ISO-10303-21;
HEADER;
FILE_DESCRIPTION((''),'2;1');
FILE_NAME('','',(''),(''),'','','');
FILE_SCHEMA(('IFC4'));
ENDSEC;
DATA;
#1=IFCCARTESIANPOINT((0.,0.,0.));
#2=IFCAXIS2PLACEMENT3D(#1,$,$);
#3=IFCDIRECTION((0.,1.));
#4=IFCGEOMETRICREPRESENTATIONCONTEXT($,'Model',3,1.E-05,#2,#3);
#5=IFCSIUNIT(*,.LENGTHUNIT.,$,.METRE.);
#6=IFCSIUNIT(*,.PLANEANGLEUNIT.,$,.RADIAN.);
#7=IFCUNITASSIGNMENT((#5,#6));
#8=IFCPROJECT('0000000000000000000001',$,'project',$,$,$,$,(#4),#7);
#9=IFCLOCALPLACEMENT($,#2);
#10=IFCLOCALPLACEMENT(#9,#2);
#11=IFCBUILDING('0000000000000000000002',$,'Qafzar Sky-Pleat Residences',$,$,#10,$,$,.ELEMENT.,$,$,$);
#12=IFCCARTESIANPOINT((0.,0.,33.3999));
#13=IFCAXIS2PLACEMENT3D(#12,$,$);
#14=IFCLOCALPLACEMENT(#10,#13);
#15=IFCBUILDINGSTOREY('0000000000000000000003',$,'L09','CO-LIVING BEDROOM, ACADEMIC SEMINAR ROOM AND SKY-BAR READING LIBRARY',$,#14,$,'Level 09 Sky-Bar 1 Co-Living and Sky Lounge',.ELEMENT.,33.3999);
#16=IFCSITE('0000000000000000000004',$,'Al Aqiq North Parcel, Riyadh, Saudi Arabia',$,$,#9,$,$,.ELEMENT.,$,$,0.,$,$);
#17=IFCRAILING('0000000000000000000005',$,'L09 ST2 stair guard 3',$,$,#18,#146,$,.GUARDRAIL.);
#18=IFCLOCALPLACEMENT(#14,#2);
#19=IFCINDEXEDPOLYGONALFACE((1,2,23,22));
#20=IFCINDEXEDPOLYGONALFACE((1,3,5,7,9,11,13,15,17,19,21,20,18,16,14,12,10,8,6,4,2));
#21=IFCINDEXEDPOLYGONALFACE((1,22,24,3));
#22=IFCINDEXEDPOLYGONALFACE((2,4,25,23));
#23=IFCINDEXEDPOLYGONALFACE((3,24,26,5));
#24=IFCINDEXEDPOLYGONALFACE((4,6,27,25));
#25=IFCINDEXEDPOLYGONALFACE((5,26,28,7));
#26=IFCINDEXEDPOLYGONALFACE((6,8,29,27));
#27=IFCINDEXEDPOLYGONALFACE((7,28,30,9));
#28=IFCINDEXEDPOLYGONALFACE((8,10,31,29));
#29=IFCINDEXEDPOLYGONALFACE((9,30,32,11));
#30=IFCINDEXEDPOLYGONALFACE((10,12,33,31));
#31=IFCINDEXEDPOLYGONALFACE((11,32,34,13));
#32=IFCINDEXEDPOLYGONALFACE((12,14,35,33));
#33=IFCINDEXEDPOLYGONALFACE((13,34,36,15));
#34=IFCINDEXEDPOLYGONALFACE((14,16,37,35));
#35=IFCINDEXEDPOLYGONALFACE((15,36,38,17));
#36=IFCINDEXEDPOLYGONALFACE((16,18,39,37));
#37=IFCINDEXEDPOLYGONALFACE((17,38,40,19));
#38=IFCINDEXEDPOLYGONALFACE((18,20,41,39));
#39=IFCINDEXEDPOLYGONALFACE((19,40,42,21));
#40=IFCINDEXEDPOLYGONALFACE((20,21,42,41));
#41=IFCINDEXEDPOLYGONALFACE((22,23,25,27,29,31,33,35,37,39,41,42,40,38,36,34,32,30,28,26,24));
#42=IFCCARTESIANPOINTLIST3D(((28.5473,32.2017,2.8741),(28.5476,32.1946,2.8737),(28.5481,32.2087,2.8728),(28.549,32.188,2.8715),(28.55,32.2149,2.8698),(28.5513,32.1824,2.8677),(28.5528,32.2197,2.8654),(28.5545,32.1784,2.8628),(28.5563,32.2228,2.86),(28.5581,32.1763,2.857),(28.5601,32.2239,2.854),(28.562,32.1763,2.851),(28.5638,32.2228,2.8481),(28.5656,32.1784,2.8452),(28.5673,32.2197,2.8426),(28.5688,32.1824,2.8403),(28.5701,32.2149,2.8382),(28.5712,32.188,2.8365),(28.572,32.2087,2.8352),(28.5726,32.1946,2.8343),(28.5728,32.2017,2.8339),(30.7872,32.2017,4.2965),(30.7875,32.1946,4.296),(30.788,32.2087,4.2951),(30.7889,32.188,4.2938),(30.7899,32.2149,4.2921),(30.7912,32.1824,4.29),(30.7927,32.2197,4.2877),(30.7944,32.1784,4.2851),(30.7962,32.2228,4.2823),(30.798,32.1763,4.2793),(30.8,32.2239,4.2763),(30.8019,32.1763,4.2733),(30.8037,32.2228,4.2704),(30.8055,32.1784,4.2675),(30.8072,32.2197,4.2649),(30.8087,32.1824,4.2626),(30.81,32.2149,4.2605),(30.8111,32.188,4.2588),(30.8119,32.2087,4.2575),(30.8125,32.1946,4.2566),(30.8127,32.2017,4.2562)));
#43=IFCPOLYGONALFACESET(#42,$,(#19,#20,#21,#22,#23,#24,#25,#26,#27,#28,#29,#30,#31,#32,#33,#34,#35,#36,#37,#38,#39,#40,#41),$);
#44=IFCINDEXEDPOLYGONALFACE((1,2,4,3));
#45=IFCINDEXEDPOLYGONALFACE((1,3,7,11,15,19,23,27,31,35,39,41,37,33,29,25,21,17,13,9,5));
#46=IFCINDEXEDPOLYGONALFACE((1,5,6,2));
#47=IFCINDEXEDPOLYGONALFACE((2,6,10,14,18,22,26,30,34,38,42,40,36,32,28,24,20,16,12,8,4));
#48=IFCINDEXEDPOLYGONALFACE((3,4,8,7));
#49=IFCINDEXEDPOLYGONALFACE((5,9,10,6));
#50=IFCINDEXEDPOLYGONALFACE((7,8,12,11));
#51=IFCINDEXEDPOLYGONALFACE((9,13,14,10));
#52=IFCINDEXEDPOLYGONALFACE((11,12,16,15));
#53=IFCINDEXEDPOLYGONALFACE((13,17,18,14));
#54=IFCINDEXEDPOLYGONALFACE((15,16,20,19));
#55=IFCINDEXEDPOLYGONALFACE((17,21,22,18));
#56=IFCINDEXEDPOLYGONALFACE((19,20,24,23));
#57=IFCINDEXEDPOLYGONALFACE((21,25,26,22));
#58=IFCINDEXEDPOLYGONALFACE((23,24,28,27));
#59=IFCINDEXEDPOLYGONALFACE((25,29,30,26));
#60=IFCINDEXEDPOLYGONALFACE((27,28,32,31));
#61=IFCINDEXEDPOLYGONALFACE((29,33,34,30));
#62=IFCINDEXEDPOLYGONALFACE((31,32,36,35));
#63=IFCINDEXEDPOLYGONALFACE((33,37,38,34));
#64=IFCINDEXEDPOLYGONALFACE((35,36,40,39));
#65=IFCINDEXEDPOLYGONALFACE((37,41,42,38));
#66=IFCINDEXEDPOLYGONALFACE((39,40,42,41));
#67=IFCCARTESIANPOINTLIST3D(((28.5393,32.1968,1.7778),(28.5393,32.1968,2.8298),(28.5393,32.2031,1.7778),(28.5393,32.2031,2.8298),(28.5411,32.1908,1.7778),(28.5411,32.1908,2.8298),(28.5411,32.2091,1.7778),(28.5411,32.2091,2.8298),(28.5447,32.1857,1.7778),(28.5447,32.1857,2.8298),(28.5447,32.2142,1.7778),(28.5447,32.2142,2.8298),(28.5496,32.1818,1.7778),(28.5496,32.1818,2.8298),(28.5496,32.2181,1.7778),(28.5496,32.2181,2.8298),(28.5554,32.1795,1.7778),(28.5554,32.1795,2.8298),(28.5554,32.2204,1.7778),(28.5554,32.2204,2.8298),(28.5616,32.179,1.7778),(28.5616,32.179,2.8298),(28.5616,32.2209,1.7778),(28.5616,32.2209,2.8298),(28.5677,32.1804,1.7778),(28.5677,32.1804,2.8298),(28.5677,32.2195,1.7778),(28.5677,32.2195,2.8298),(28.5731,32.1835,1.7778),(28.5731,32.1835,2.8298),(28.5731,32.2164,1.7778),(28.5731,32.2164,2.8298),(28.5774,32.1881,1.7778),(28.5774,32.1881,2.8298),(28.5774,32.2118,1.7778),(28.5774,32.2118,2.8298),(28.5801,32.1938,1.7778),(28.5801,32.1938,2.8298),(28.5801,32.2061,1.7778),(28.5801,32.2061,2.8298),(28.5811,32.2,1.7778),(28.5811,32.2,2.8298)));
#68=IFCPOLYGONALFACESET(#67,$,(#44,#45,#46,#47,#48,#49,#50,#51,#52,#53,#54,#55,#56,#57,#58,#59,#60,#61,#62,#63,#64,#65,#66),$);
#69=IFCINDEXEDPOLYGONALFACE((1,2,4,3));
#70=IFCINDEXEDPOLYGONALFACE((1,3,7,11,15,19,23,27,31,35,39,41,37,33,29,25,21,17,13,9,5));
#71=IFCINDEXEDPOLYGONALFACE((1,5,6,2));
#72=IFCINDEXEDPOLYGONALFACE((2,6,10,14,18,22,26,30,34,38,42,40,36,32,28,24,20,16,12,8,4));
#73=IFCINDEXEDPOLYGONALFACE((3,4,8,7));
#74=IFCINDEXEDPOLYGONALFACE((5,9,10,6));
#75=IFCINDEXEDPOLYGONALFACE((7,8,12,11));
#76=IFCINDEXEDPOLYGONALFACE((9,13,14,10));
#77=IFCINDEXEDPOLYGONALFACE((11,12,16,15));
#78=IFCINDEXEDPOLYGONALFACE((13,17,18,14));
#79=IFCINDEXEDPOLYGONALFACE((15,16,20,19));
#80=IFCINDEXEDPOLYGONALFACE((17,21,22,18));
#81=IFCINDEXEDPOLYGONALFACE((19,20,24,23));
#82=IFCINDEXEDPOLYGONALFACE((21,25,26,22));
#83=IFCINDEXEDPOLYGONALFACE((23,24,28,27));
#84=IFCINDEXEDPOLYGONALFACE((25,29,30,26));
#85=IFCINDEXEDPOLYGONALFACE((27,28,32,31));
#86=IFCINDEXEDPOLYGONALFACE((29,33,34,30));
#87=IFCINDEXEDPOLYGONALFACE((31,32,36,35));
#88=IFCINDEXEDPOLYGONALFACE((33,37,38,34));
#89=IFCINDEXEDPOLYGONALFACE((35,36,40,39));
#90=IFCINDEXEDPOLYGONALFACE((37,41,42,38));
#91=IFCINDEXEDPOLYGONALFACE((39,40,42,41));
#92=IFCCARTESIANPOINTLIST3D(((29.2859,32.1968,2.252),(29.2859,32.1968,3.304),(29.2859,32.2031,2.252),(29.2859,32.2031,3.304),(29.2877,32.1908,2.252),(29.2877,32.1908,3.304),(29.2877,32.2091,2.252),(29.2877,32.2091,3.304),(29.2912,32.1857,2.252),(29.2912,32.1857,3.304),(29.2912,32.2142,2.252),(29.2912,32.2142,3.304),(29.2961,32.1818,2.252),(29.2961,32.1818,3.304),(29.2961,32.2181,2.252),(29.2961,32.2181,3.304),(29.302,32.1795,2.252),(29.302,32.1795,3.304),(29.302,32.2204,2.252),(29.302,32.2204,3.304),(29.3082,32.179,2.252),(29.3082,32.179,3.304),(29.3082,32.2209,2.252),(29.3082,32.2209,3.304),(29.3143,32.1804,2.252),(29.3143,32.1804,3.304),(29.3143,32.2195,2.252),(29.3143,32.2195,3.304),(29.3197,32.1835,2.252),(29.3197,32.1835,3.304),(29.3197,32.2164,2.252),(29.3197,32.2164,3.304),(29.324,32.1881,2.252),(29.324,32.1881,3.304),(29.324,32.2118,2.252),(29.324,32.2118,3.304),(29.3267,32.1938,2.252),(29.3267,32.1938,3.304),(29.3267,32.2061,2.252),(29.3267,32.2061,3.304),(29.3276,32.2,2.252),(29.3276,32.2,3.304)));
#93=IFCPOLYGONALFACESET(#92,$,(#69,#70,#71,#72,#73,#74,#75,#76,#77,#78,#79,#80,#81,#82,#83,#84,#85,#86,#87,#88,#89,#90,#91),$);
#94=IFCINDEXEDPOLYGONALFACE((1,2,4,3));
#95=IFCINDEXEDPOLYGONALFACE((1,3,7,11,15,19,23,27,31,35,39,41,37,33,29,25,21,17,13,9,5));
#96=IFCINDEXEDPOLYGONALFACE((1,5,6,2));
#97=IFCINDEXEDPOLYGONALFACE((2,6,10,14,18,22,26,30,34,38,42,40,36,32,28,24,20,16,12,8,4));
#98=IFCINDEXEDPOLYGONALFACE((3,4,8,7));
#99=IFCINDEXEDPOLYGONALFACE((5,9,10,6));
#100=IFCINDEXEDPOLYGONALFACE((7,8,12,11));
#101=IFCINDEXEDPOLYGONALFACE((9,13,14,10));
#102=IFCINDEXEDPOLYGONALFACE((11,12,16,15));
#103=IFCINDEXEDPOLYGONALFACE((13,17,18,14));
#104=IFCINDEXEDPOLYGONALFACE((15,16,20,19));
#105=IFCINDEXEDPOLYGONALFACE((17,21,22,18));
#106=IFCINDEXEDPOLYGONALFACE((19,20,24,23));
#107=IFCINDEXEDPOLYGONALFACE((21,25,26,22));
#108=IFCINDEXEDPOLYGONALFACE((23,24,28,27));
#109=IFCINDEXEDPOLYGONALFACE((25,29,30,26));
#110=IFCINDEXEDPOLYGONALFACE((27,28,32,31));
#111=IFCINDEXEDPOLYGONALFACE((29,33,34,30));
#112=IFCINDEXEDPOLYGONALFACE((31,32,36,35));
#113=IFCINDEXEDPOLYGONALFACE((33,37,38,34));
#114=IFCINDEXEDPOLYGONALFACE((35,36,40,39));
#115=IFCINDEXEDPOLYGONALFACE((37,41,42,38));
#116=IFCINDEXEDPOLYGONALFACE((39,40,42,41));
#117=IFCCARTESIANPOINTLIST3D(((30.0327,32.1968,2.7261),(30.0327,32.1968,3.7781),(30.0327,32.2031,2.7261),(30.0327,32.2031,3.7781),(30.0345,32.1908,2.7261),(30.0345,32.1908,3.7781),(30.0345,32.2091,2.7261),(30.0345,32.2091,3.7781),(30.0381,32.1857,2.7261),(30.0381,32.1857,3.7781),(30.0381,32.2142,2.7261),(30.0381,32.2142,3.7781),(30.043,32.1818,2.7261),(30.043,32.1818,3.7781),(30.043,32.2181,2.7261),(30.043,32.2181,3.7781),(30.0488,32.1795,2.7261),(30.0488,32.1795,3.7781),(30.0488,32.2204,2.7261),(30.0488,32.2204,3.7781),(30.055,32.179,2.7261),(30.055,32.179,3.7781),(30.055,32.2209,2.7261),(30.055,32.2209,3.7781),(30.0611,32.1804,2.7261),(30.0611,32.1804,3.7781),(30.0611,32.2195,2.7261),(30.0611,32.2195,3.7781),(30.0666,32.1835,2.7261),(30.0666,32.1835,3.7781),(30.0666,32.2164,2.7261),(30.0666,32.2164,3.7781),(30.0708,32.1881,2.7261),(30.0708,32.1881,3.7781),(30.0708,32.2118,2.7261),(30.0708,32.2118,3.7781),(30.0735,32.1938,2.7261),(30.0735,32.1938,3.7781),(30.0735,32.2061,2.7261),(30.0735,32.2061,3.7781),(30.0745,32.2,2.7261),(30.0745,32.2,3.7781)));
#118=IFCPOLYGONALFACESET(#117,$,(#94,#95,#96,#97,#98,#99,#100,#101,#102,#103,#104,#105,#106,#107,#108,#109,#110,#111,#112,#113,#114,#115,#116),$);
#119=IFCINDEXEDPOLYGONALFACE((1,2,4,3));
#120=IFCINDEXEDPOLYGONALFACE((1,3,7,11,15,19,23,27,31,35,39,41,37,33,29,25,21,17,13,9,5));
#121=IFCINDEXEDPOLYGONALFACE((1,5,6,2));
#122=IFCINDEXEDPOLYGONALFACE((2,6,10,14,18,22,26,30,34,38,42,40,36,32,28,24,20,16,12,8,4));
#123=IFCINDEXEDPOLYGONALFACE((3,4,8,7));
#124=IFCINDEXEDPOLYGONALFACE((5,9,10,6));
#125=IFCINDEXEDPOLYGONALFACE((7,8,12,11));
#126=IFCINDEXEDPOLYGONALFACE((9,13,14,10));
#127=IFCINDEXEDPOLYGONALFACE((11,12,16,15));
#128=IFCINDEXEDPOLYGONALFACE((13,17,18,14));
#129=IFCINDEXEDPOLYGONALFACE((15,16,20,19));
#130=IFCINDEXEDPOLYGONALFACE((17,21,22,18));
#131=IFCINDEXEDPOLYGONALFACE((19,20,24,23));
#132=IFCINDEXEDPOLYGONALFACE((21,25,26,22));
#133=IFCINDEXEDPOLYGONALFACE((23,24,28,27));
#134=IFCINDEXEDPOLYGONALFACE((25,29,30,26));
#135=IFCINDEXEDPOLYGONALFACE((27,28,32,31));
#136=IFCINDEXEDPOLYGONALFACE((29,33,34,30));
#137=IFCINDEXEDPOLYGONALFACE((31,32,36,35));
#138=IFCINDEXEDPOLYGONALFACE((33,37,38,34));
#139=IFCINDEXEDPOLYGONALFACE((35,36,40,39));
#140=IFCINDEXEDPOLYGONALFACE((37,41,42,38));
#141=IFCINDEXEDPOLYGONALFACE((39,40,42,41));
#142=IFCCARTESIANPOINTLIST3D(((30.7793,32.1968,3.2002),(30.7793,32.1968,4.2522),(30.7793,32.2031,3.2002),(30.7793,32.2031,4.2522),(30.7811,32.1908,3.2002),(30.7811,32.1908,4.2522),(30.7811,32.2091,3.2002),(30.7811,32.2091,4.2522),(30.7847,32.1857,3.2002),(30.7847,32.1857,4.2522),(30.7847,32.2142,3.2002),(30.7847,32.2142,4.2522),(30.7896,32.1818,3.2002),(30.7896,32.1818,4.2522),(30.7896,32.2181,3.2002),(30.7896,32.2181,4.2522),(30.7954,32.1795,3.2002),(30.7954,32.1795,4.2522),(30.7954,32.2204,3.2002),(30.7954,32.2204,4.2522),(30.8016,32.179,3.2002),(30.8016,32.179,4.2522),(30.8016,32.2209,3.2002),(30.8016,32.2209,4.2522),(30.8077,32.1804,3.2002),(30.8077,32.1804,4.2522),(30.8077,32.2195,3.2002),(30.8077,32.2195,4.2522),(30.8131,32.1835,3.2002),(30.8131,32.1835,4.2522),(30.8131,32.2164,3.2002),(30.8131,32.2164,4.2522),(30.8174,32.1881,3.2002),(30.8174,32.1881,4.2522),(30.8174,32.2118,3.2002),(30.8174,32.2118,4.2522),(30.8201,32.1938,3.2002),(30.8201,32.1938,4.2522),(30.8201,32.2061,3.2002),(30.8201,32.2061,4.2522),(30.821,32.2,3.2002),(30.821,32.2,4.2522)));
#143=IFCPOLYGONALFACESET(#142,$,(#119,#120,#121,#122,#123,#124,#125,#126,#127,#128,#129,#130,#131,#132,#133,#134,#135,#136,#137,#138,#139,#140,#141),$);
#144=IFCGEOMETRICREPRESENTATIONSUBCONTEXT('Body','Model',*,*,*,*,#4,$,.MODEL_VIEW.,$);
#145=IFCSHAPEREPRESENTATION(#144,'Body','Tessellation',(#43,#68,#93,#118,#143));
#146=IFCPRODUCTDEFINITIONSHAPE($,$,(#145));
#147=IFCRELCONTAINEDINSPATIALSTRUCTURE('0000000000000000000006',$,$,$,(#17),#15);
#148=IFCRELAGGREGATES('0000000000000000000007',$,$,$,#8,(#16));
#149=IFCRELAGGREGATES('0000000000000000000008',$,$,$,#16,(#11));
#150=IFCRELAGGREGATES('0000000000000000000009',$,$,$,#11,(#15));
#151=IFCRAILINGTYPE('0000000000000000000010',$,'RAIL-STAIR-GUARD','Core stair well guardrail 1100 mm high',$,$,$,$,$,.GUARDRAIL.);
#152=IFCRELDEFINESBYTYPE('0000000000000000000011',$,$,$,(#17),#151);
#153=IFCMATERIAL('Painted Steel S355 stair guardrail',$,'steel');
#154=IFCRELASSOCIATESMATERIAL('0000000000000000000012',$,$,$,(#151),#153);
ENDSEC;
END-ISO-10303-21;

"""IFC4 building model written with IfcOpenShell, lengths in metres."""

from ifc_helpers import new_model, si_unit, direction, frame, origin, origin_2d, place, context, subcontext, project, spatial, circle, extrude, source, transform, mapped, material, type_object, element, save


model = new_model("IFC4")

# Units and contexts
model_context = context("Model", 3, precision=1e-05, world=origin(), true_north=direction((0.0, 1.0)))
body_context = subcontext(model_context, "Body", "Model", "MODEL_VIEW")
ifc_project = project(units=[si_unit("LENGTHUNIT", "METRE"), si_unit("PLANEANGLEUNIT", "RADIAN")], contexts=[model_context])

# Site, building, storey
site_placement = place(None, origin())
site = spatial("IfcSite", under=ifc_project, at=site_placement, Name="Al Aqiq North Parcel, Riyadh, Saudi Arabia", CompositionType="ELEMENT", RefElevation=0.0)
building_placement = place(site_placement, origin())
building = spatial("IfcBuilding", under=site, at=building_placement, Name="Qafzar Sky-Pleat Residences", CompositionType="ELEMENT")
storey_placement = place(building_placement, frame((0.0, 0.0, 33.3999)))
storey = spatial("IfcBuildingStorey", under=building, at=storey_placement, Name="L09", Description="CO-LIVING BEDROOM, ACADEMIC SEMINAR ROOM AND SKY-BAR READING LIBRARY", LongName="Level 09 Sky-Bar 1 Co-Living and Sky Lounge", CompositionType="ELEMENT", Elevation=33.3999)

# Railing
ifc_material_1 = material(Name="Painted Steel S355 stair guardrail", Category="steel")
railing_type_1 = type_object("IfcRailingType", Name="RAIL-STAIR-GUARD", Description="Core stair well guardrail 1100 mm high", PredefinedType="GUARDRAIL", material=ifc_material_1)
shared_shape_1 = source(origin(), body_context, "Body", "SweptSolid", [
    extrude(circle(Radius=0.0239, at=origin_2d()), frame((0.0, 0.0, 1.0762), z_axis=(0.844188, 0.0, 0.536048), x_axis=(0.0, 1.0, 0.0)), (0.0, 0.0, 1.0), 2.6533),
    extrude(circle(Radius=0.021, at=origin_2d()), origin(), (0.0, 0.0, 1.0), 1.052),
    extrude(circle(Radius=0.021, at=origin_2d()), frame((0.7466, 0.0, 0.4741)), (0.0, 0.0, 1.0), 1.052),
    extrude(circle(Radius=0.021, at=origin_2d()), frame((1.4934, 0.0, 0.9482)), (0.0, 0.0, 1.0), 1.052),
    extrude(circle(Radius=0.021, at=origin_2d()), frame((2.24, 0.0, 1.4224)), (0.0, 0.0, 1.0), 1.052),
])
railing_1_placement = place(storey_placement, frame((28.5601, 32.2, 1.7778)))
element("IfcRailing", 1, at=railing_1_placement, inside=storey, type_object=railing_type_1, Name="L09 ST2 stair guard 3", PredefinedType="GUARDRAIL", context=body_context, shape_type="MappedRepresentation", body=[
    mapped(shared_shape_1, transform((0.0, 0.0, 0.0), x_axis=(1.0, 0.0, 0.0), y_axis=(0.0, 1.0, 0.0), z_axis=(0.0, 0.0, 1.0), scale=1.0)),
])

save(model, "model.ifc")
